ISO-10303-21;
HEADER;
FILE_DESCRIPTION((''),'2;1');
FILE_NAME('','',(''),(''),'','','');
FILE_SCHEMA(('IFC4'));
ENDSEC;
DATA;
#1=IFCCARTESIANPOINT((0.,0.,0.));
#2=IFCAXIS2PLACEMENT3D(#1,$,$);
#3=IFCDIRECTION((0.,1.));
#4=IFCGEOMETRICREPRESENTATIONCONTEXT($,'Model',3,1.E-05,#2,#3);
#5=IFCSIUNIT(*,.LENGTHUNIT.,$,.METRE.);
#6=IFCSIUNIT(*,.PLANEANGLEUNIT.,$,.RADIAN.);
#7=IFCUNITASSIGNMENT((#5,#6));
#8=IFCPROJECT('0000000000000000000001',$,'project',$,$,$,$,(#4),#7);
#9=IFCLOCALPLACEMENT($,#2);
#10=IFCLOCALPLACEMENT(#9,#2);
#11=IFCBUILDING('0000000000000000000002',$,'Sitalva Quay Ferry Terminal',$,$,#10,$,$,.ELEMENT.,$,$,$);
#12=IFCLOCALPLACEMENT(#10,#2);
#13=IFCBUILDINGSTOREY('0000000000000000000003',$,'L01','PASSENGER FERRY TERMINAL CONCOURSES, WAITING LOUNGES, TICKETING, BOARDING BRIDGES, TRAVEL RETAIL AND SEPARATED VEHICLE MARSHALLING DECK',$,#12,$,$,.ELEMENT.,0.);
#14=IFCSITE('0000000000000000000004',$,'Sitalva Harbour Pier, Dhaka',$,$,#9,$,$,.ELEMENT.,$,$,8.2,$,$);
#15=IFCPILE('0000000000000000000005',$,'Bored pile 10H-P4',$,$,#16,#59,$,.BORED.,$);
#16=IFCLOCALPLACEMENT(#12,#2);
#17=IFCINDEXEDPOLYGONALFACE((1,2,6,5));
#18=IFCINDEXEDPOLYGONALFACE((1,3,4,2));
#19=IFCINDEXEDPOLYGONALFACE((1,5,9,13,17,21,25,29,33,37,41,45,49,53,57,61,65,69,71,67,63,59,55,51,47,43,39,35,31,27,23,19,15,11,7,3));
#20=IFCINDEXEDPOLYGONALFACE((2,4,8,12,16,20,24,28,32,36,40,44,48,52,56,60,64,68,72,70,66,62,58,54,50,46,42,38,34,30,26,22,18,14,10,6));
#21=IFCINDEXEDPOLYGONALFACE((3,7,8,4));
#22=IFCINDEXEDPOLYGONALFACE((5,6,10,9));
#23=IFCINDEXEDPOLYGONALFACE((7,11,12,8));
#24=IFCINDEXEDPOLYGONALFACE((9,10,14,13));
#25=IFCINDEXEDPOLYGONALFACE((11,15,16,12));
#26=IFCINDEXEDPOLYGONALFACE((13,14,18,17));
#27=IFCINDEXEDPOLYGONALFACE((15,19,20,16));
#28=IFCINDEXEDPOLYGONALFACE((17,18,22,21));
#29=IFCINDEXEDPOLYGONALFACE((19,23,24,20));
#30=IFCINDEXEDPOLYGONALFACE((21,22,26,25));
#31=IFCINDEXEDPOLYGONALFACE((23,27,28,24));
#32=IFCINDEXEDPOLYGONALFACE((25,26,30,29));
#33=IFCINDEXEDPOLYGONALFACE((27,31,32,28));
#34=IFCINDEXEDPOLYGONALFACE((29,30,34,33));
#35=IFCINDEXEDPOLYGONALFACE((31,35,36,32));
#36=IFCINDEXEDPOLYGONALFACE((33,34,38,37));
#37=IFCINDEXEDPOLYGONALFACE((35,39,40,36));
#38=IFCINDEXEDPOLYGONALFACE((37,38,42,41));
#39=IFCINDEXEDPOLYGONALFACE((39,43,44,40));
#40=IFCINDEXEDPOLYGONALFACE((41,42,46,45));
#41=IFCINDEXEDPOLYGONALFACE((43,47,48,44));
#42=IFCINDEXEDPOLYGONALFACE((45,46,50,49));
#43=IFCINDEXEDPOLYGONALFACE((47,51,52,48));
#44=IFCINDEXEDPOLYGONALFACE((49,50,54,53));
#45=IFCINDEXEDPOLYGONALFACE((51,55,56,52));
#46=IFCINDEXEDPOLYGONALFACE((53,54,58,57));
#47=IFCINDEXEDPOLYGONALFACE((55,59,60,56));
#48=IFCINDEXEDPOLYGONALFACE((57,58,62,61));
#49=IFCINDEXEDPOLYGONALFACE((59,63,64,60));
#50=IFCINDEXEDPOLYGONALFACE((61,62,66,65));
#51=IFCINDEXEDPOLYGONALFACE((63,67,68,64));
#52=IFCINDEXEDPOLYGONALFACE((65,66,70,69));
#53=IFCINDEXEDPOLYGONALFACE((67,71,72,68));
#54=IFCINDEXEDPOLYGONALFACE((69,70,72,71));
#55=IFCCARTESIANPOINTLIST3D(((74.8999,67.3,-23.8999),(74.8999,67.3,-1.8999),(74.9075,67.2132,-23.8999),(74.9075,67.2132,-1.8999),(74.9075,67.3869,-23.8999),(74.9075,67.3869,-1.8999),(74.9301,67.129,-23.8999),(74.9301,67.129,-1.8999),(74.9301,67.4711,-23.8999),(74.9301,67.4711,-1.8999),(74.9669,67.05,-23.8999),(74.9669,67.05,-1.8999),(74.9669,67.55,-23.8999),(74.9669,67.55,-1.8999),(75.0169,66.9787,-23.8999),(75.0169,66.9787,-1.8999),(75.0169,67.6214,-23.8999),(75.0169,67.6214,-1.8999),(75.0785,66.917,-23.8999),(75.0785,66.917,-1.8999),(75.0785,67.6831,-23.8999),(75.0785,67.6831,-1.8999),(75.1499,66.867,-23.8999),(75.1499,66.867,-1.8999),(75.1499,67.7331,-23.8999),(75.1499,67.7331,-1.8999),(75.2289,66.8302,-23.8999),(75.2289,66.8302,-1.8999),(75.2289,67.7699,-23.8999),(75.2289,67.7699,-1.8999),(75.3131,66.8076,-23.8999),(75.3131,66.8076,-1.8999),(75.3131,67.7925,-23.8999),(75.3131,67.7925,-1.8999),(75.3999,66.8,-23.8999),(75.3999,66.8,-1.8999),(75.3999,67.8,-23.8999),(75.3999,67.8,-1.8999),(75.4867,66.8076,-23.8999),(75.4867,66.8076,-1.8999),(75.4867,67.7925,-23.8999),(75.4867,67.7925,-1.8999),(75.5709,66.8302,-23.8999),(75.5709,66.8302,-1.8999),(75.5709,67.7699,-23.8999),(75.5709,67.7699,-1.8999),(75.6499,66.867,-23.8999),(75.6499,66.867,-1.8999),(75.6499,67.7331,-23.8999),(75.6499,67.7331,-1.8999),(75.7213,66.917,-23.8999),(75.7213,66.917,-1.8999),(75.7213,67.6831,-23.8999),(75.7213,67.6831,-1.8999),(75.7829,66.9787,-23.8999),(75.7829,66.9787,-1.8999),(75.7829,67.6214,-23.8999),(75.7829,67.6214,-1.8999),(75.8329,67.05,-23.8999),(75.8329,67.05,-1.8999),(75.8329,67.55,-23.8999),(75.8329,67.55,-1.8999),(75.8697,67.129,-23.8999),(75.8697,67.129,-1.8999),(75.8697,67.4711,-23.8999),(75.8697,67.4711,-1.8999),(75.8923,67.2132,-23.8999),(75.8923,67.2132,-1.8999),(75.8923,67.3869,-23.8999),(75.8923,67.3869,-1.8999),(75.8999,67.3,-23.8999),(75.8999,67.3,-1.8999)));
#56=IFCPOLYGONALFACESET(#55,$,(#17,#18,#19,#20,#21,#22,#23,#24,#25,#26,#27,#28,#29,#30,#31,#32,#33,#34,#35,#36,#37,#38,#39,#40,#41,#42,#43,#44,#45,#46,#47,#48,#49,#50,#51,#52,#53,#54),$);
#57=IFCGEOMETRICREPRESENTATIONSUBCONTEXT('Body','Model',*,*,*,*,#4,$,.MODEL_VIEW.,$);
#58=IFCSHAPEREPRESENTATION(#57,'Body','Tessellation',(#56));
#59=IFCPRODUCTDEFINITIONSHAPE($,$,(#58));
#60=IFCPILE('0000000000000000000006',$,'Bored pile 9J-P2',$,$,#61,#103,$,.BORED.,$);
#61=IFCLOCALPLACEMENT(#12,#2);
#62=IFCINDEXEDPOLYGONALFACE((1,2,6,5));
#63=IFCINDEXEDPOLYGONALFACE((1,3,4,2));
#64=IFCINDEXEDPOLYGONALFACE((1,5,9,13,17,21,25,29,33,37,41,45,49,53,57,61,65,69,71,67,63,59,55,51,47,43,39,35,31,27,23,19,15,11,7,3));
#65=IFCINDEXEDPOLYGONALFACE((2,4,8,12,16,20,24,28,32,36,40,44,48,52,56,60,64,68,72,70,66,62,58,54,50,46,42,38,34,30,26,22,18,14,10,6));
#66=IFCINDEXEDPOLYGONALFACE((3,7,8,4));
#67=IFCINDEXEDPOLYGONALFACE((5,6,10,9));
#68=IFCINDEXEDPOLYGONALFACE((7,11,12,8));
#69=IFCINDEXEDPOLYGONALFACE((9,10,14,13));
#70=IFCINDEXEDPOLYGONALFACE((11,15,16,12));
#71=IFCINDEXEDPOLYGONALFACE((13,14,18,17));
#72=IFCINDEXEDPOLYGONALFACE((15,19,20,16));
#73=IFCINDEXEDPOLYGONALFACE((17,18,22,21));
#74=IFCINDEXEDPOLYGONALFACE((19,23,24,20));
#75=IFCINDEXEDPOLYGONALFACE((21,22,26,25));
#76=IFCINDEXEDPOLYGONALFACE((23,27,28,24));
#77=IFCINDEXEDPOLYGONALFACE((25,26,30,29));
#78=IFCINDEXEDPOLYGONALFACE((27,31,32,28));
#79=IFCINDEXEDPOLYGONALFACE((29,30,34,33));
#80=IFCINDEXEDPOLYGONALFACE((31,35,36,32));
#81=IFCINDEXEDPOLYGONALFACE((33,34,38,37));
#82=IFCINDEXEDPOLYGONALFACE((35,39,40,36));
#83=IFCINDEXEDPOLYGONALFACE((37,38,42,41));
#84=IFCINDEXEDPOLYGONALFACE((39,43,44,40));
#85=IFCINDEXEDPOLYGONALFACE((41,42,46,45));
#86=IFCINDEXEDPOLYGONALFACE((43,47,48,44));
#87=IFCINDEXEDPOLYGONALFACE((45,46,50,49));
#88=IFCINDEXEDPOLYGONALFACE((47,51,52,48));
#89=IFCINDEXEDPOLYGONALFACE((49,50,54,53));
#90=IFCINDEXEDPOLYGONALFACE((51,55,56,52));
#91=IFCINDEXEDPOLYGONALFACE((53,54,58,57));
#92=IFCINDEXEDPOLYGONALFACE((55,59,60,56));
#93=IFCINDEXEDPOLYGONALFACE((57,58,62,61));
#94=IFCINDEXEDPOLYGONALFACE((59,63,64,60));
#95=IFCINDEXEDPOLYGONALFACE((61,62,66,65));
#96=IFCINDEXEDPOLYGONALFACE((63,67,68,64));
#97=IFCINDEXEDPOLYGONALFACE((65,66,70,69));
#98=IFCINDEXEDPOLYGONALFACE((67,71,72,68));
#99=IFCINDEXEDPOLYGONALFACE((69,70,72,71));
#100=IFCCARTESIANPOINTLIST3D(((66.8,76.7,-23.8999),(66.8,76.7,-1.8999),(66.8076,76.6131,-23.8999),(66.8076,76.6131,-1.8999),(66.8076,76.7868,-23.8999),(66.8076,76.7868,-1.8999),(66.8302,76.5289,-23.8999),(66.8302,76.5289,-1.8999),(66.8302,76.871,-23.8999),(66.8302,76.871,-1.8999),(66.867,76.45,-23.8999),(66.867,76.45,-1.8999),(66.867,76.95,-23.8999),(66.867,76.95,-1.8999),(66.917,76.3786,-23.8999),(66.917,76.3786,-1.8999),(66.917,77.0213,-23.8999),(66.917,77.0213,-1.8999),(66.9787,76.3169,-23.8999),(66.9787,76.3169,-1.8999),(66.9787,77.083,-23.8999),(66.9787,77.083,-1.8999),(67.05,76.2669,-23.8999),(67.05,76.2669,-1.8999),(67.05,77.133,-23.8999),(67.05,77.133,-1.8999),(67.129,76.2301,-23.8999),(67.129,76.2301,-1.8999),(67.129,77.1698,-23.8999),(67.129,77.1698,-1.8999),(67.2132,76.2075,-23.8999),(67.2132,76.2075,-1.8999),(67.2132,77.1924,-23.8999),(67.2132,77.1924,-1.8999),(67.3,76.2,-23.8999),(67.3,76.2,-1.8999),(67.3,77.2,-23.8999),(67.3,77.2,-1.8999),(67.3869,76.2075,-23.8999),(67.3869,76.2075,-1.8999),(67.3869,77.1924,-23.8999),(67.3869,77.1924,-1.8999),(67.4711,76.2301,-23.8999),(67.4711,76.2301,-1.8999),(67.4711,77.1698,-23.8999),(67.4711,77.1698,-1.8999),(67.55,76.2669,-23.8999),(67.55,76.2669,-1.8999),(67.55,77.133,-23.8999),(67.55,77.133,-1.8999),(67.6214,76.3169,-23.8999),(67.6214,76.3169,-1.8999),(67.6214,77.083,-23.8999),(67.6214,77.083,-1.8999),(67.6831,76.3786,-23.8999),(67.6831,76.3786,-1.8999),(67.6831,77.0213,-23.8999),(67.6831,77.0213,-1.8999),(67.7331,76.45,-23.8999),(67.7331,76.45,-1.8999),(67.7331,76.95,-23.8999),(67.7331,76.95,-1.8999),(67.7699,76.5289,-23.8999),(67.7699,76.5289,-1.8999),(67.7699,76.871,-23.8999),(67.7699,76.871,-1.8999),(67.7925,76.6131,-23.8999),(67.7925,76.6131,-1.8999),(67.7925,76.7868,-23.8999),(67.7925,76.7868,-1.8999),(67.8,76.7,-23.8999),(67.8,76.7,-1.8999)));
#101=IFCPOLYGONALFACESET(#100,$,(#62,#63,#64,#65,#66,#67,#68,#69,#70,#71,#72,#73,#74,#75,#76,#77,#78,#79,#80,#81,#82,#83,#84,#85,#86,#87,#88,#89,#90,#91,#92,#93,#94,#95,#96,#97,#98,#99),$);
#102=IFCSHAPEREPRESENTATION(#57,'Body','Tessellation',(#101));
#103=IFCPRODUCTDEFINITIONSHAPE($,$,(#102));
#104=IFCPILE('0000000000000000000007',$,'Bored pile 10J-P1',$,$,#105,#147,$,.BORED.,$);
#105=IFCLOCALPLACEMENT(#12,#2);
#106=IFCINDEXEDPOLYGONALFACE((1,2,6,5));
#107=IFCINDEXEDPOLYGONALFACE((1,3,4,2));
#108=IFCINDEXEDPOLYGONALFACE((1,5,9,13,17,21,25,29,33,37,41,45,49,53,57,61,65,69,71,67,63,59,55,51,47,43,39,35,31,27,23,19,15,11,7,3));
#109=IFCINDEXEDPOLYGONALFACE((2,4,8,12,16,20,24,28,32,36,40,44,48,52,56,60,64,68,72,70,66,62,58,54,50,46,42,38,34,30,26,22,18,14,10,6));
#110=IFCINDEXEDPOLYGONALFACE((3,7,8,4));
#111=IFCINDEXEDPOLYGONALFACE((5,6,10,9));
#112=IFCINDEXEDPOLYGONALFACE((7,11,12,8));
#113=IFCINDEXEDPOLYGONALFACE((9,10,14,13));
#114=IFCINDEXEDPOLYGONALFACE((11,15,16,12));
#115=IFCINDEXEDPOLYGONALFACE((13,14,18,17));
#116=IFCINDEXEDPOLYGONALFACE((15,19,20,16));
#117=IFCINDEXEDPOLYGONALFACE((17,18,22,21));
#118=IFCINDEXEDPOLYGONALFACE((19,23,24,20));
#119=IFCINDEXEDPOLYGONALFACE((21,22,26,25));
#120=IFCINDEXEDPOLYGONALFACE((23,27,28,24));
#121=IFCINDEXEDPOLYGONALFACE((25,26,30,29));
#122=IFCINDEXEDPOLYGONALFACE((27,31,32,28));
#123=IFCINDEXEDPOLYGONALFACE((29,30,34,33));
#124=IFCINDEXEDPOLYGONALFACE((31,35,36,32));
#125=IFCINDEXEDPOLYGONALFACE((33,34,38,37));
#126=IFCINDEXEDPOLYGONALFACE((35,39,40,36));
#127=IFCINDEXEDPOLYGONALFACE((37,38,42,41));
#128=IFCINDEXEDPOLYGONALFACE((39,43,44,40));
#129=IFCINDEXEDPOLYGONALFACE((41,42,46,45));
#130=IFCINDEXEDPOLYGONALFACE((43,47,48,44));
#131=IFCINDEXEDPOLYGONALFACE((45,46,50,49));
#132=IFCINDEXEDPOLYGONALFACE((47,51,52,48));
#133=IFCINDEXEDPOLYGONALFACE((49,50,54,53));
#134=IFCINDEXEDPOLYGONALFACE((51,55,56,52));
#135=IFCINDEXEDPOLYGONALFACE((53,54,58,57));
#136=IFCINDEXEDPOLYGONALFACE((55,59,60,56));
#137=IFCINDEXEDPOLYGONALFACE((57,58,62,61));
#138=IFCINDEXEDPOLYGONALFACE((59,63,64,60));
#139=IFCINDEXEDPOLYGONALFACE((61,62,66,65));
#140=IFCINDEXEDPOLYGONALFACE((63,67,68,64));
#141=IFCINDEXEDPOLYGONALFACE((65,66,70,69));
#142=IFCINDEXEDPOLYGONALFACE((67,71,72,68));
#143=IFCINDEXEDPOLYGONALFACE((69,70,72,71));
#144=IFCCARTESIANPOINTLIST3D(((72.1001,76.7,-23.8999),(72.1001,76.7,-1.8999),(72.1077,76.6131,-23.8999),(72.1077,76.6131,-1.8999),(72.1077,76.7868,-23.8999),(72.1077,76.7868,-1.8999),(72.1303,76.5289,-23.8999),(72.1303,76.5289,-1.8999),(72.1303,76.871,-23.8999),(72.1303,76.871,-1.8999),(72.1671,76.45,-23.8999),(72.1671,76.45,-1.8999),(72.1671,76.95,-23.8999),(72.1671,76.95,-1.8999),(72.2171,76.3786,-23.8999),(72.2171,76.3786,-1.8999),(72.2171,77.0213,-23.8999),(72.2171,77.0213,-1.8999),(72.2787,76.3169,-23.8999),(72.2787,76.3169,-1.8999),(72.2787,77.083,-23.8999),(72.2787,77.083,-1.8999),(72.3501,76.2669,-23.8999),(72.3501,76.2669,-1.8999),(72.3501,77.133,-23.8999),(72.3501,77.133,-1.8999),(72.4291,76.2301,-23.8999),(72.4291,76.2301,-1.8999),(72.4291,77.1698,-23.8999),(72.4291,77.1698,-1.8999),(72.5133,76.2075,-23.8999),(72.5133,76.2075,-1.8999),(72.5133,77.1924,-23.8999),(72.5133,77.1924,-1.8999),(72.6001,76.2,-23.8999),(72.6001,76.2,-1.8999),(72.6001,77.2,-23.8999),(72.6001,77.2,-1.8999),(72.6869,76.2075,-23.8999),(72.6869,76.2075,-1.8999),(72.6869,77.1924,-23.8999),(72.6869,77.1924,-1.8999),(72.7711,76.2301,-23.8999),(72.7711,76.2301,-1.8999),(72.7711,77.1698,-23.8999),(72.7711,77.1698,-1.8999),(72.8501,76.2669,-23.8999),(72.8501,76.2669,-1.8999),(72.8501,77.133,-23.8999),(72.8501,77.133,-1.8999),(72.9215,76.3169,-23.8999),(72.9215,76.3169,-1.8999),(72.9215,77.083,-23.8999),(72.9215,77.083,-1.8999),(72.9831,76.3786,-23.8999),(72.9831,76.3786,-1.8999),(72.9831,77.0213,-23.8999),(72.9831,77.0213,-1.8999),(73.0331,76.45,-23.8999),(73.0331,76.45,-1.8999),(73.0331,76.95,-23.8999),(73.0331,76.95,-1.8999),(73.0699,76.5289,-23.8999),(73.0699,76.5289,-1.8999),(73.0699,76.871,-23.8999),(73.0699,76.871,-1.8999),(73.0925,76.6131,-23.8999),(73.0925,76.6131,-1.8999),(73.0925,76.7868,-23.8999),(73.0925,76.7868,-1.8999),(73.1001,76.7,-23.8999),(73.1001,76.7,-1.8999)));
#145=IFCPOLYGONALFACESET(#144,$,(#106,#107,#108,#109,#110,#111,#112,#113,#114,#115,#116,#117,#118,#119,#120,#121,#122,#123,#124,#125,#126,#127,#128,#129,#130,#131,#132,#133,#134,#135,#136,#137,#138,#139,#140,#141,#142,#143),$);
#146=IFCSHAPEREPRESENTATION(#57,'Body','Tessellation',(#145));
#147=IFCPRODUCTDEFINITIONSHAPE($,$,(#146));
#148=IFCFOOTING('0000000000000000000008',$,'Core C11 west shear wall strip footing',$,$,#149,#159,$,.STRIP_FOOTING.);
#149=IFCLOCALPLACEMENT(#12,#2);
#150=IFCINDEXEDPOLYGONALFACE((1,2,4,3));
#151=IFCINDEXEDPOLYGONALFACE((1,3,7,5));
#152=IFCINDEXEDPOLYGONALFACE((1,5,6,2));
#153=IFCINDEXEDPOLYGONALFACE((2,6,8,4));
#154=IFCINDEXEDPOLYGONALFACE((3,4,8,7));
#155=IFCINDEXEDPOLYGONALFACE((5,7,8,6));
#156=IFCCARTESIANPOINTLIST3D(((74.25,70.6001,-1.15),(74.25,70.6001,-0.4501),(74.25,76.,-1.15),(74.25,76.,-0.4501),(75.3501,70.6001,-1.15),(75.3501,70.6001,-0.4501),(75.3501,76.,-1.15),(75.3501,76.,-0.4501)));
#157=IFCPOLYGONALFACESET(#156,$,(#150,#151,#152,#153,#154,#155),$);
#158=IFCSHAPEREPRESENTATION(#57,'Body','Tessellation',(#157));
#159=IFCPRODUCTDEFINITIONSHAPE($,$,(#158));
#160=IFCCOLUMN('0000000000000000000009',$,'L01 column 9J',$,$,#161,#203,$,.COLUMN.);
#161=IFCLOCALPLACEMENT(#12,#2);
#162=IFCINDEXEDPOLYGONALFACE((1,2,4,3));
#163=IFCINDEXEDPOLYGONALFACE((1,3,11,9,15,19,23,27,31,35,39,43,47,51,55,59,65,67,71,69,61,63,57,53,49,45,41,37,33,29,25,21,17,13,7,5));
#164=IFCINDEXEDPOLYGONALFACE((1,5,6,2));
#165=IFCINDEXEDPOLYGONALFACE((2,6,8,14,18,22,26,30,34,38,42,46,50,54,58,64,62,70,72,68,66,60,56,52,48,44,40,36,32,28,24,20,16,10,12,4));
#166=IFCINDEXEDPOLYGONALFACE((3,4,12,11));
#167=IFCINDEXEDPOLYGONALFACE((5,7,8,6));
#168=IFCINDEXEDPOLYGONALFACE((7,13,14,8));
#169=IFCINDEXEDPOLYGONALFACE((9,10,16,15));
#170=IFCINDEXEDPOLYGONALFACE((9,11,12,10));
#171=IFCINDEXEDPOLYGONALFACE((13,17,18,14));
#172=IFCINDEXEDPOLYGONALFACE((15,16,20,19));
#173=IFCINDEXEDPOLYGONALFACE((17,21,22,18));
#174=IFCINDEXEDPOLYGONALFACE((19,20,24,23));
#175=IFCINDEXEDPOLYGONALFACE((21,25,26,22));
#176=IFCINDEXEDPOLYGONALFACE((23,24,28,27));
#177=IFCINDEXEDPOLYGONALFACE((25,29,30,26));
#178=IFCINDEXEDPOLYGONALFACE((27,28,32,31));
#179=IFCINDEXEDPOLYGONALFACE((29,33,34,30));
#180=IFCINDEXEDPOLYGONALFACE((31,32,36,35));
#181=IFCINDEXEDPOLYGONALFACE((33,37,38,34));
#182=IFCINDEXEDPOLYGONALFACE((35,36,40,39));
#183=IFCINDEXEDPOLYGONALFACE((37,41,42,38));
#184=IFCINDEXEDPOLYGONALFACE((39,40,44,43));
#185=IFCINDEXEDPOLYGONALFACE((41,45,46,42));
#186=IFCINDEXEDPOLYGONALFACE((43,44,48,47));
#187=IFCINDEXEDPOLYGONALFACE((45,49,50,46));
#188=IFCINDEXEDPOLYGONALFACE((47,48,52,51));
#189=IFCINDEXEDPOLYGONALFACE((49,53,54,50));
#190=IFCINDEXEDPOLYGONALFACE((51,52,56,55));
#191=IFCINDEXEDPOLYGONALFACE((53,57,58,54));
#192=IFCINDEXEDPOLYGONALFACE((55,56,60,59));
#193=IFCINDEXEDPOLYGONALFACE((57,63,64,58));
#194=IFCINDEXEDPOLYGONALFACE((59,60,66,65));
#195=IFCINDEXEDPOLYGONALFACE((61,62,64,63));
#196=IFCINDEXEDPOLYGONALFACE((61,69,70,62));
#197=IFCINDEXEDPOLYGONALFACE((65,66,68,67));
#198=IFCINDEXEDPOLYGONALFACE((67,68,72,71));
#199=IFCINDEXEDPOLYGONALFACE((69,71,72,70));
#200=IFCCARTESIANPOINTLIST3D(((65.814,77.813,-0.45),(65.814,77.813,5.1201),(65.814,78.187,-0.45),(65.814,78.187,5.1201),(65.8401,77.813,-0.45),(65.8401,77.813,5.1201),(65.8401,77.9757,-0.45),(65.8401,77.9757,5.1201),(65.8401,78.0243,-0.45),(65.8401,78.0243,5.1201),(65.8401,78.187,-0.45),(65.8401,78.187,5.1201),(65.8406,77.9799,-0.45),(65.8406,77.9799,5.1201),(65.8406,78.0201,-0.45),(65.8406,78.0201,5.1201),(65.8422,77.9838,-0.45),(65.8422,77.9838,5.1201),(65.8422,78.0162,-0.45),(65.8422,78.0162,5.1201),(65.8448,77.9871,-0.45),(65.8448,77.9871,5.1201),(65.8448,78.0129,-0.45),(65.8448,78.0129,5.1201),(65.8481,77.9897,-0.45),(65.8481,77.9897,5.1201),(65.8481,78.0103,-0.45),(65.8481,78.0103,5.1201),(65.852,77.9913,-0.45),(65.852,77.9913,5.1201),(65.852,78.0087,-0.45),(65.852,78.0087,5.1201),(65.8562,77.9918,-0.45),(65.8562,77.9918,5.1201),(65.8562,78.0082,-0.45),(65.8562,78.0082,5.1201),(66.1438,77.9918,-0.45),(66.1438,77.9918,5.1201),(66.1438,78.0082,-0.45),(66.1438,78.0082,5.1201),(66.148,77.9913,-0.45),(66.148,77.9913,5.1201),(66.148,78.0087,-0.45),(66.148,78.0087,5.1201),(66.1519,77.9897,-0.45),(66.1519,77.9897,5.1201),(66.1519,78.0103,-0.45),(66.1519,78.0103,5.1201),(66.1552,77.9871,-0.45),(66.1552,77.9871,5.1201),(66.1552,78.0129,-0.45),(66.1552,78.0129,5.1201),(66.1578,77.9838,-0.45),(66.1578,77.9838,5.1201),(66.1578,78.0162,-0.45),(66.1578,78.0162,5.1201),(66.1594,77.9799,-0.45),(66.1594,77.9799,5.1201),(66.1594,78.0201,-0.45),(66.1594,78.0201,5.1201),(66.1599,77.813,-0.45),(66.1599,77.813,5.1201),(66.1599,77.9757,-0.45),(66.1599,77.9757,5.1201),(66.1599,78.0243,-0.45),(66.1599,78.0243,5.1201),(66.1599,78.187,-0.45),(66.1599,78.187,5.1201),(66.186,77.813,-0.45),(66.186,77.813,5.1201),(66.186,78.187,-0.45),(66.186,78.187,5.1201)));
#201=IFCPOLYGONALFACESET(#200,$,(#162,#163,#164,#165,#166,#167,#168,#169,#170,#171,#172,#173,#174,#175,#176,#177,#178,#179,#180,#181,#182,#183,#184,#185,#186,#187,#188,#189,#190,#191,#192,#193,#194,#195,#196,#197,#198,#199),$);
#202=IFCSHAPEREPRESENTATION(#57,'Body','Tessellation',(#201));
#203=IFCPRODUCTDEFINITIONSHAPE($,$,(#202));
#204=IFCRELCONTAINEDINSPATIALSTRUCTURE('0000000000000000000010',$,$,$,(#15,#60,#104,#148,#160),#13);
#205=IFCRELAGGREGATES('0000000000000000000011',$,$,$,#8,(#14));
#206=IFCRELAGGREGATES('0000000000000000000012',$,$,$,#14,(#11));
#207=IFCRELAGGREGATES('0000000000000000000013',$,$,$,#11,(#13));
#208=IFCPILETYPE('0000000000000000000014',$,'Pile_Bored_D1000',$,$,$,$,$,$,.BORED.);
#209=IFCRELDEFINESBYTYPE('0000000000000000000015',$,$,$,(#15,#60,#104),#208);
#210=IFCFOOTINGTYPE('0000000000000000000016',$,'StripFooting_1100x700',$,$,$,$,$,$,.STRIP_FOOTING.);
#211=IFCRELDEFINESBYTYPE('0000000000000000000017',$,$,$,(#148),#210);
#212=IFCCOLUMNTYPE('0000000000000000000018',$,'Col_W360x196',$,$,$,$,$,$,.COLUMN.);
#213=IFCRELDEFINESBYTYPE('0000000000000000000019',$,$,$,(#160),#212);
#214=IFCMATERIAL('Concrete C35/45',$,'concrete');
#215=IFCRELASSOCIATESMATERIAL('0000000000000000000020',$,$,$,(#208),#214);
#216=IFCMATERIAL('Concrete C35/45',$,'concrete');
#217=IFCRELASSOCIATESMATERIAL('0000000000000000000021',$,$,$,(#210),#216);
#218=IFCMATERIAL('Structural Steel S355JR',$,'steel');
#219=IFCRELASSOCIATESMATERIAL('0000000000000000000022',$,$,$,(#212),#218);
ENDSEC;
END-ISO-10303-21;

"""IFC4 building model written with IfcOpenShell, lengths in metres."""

from ifc_helpers import new_model, si_unit, direction, frame, origin, origin_2d, place, context, subcontext, project, spatial, rectangle, circle, i_section, extrude, material, material_profile, profile_set, type_object, element, save


model = new_model("IFC4")

# Units and contexts
model_context = context("Model", 3, precision=1e-05, world=origin(), true_north=direction((0.0, 1.0)))
body_context = subcontext(model_context, "Body", "Model", "MODEL_VIEW")
ifc_project = project(units=[si_unit("LENGTHUNIT", "METRE"), si_unit("PLANEANGLEUNIT", "RADIAN")], contexts=[model_context])

# Site, building, storey
site_placement = place(None, origin())
site = spatial("IfcSite", under=ifc_project, at=site_placement, Name="Sitalva Harbour Pier, Dhaka", CompositionType="ELEMENT", RefElevation=8.2)
building_placement = place(site_placement, origin())
building = spatial("IfcBuilding", under=site, at=building_placement, Name="Sitalva Quay Ferry Terminal", CompositionType="ELEMENT")
storey_placement = place(building_placement, origin())
storey = spatial("IfcBuildingStorey", under=building, at=storey_placement, Name="L01", Description="PASSENGER FERRY TERMINAL CONCOURSES, WAITING LOUNGES, TICKETING, BOARDING BRIDGES, TRAVEL RETAIL AND SEPARATED VEHICLE MARSHALLING DECK", CompositionType="ELEMENT", Elevation=0.0)

# Piles
ifc_material_1 = material(Name="Concrete C35/45", Category="concrete")
ifc_material_profile_1 = material_profile(ifc_material_1, circle(Radius=0.5, at=origin_2d()), Name="PILE-D1000")
ifc_profile_set_1 = profile_set([ifc_material_profile_1], Name="Concrete C35/45")
pile_type = type_object("IfcPileType", Name="Pile_Bored_D1000", PredefinedType="BORED", material=ifc_profile_set_1)
for number, where, z_axis, x_axis, name in (
    (1, (75.3999, 67.3, -1.8999), (0.0, 0.0, -1.0), (1.0, 0.0, 0.0), "Bored pile 10H-P4"),
    (2, (67.3, 76.7, -1.8999), (0.0, 0.0, -1.0), (1.0, 0.0, 0.0), "Bored pile 9J-P2"),
    (3, (72.6001, 76.7, -1.8999), (0.0, 0.0, -1.0), (1.0, 0.0, 0.0), "Bored pile 10J-P1"),
):
    element("IfcPile", number, at=place(storey_placement, frame(where, z_axis=z_axis, x_axis=x_axis)), inside=storey, type_object=pile_type, Name=name, PredefinedType="BORED", context=body_context, shape_type="SweptSolid", body=[
        extrude(circle(Radius=0.5, at=origin_2d()), origin(), (0.0, 0.0, 1.0), 22.0),
    ])

# Footing
ifc_material_2 = material(Name="Concrete C35/45", Category="concrete")
ifc_material_profile_2 = material_profile(ifc_material_2, rectangle(XDim=1.1001, YDim=0.7, at=origin_2d()), Name="RC1100x700")
ifc_profile_set_2 = profile_set([ifc_material_profile_2], Name="Concrete C35/45")
footing_type_1 = type_object("IfcFootingType", Name="StripFooting_1100x700", PredefinedType="STRIP_FOOTING", material=ifc_profile_set_2)
footing_1_placement = place(storey_placement, frame((74.8, 70.6001, -0.8), z_axis=(0.0, 1.0, 0.0), x_axis=(-1.0, 0.0, 0.0)))
element("IfcFooting", 4, at=footing_1_placement, inside=storey, type_object=footing_type_1, Name="Core C11 west shear wall strip footing", PredefinedType="STRIP_FOOTING", context=body_context, shape_type="SweptSolid", body=[
    extrude(rectangle(XDim=1.1001, YDim=0.7, at=origin_2d()), origin(), (0.0, 0.0, 1.0), 5.3999),
])

# Column
ifc_material_3 = material(Name="Structural Steel S355JR", Category="steel")
ifc_material_profile_3 = material_profile(ifc_material_3, i_section(OverallWidth=0.374, OverallDepth=0.3721, WebThickness=0.0164, FlangeThickness=0.0261, FilletRadius=0.0161, at=origin_2d()), Name="W360x196")
ifc_profile_set_3 = profile_set([ifc_material_profile_3], Name="Structural Steel S355JR")
column_type = type_object("IfcColumnType", Name="Col_W360x196", PredefinedType="COLUMN", material=ifc_profile_set_3)
column_placement = place(storey_placement, frame((66.0, 78.0, -0.45), z_axis=(0.0, 0.0, 1.0), x_axis=(0.0, 1.0, 0.0)))
element("IfcColumn", 5, at=column_placement, inside=storey, type_object=column_type, Name="L01 column 9J", PredefinedType="COLUMN", context=body_context, shape_type="SweptSolid", body=[
    extrude(i_section(OverallWidth=0.374, OverallDepth=0.3721, WebThickness=0.0164, FlangeThickness=0.0261, FilletRadius=0.0161, at=origin_2d()), origin(), (0.0, 0.0, 1.0), 5.5701),
])

save(model, "model.ifc")
